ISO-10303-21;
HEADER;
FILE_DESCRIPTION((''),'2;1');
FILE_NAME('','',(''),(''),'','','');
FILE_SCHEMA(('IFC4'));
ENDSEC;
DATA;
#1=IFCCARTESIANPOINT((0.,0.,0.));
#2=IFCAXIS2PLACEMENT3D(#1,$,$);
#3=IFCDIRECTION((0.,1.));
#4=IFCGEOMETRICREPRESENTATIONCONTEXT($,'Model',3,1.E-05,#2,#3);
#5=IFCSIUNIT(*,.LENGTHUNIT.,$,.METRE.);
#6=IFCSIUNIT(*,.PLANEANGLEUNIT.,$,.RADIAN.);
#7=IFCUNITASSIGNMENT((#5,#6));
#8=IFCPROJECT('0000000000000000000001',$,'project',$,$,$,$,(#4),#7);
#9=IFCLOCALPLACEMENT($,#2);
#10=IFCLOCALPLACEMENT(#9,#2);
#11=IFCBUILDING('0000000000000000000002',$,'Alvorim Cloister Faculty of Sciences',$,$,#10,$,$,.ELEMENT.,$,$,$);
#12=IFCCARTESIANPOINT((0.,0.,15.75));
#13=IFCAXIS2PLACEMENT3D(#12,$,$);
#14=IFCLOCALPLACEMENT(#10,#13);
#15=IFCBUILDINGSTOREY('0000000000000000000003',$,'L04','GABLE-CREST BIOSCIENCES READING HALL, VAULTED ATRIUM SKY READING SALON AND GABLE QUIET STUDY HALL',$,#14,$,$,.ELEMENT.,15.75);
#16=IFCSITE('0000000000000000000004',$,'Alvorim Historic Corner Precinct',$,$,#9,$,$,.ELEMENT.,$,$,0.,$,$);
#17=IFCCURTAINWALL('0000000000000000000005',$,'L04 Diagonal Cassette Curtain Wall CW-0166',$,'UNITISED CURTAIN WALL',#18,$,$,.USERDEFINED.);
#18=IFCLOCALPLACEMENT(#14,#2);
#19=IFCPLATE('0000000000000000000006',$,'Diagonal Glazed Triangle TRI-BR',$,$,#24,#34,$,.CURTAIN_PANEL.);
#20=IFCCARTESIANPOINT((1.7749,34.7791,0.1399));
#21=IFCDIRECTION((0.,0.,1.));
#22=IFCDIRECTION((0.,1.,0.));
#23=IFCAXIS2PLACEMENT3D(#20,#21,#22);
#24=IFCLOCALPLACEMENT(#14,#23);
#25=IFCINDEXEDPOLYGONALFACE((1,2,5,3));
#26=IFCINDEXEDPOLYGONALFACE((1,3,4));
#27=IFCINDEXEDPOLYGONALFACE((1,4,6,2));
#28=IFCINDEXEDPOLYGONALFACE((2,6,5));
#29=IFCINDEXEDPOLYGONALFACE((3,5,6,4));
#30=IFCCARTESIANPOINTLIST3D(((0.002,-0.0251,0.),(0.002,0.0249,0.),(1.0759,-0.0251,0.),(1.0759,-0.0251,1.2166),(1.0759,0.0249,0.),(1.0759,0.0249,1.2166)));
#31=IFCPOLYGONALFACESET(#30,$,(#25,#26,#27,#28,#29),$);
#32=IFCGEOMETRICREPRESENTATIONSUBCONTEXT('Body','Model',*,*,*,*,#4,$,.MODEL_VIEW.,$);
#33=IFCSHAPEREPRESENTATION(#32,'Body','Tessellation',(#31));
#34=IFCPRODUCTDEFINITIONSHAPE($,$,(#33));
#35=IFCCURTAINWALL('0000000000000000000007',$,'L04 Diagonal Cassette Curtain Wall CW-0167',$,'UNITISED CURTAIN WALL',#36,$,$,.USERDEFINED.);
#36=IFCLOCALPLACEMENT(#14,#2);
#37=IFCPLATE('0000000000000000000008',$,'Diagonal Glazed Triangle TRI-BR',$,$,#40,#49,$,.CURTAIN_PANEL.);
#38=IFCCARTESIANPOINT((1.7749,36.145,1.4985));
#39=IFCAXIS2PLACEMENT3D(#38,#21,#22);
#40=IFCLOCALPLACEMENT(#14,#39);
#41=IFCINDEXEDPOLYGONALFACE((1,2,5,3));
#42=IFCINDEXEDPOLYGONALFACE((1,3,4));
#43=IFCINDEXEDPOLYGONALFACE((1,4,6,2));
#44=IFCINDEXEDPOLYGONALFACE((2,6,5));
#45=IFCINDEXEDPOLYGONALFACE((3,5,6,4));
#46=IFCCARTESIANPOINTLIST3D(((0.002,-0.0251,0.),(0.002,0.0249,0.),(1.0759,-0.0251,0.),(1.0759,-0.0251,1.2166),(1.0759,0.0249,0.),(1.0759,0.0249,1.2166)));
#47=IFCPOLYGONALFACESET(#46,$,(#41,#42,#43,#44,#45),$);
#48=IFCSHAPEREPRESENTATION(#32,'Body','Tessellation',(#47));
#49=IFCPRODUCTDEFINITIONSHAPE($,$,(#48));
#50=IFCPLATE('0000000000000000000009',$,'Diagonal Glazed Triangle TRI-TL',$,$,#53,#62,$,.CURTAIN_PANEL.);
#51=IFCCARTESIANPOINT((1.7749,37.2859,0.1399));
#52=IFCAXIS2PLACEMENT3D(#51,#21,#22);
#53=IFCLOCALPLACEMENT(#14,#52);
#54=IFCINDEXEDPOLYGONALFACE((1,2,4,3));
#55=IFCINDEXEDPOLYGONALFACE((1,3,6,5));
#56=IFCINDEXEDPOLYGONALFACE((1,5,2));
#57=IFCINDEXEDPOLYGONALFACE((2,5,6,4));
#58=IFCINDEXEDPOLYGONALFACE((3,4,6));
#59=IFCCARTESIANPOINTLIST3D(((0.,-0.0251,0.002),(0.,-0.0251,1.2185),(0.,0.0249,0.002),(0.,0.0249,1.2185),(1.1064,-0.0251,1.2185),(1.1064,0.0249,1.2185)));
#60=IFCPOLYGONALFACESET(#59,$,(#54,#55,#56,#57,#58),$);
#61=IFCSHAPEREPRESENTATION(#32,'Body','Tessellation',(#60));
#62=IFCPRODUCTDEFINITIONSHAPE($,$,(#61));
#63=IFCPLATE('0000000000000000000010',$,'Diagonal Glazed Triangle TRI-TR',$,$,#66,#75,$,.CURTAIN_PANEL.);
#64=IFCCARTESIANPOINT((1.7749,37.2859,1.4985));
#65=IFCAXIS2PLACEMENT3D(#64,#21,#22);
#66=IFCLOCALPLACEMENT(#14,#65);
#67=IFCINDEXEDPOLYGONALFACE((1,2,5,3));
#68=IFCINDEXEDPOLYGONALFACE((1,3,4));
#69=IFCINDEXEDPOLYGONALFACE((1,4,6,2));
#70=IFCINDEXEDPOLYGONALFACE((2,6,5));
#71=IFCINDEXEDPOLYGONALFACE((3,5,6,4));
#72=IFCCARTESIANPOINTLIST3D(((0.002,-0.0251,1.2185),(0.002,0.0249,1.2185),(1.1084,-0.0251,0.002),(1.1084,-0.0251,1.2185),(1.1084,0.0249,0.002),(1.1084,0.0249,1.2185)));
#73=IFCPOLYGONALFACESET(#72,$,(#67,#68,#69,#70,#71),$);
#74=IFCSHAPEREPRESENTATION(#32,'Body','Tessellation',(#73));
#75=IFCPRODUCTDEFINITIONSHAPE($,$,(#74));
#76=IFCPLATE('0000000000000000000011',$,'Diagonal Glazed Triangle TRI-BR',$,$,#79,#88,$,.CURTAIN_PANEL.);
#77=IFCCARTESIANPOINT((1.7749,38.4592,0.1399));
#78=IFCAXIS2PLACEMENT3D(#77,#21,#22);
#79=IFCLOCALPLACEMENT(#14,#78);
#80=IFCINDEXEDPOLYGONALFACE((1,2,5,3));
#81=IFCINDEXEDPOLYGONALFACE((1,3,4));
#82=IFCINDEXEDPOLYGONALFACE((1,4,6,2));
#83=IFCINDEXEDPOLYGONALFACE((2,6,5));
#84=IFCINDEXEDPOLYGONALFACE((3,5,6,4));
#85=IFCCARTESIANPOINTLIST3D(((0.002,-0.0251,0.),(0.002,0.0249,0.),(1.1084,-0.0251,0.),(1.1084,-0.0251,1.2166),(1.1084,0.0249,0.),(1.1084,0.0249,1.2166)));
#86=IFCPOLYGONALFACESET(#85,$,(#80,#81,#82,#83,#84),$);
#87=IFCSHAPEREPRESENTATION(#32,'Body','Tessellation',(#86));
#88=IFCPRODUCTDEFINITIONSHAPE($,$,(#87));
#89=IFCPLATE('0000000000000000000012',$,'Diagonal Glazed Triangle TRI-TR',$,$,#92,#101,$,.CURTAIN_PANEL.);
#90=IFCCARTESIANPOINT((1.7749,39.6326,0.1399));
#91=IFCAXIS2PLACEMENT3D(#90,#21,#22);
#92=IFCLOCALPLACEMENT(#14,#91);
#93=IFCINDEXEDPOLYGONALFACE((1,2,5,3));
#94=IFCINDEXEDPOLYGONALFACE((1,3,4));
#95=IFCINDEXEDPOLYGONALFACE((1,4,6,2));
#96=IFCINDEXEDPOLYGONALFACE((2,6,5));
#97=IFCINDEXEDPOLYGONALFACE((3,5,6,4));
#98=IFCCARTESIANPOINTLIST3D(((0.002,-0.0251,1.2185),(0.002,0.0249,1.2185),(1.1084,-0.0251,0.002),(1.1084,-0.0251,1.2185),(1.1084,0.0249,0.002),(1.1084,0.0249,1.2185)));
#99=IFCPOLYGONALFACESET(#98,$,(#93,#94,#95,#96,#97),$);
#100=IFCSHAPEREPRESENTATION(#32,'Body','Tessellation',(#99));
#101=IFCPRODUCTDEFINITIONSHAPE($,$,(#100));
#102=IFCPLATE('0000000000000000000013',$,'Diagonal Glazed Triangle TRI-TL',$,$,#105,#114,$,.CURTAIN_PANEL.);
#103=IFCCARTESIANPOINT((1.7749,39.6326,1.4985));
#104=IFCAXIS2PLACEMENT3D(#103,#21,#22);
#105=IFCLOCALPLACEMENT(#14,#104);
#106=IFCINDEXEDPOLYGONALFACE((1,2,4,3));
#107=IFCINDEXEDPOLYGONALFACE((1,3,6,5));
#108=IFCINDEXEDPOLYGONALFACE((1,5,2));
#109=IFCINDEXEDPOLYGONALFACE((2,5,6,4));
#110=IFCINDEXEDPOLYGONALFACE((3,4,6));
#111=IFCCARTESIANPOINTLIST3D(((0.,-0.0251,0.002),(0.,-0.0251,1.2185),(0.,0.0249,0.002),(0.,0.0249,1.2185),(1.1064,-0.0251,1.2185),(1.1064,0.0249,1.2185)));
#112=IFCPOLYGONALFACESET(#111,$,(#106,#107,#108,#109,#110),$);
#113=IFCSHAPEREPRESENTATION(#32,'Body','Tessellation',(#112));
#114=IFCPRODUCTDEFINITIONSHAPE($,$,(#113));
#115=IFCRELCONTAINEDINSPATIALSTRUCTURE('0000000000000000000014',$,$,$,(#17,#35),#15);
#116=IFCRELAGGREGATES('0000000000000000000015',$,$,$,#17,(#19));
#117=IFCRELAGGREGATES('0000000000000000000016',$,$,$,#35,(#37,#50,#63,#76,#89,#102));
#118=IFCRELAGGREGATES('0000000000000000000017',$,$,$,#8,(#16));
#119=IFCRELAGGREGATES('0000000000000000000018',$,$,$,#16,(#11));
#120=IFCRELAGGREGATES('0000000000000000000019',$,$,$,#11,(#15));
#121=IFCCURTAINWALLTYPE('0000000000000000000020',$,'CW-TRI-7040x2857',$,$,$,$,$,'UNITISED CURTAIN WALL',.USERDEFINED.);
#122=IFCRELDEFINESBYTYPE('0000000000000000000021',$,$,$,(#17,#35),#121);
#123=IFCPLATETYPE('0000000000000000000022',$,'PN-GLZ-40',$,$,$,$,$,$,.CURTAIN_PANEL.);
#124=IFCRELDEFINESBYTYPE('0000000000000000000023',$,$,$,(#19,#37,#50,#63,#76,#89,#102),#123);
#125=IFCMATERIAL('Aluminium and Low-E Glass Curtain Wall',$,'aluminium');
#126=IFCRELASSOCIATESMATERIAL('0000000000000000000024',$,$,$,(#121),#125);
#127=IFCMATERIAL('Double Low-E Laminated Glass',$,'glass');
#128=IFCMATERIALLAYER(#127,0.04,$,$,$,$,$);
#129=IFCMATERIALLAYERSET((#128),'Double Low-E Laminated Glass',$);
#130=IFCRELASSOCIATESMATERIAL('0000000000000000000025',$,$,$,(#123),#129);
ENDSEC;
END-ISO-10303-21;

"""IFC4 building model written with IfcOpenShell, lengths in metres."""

from ifc_helpers import new_model, si_unit, direction, frame, origin, place, context, subcontext, project, spatial, polyline, outline, extrude, material, layer, layer_set, type_object, element, aggregate, save


model = new_model("IFC4")

# Units and contexts
model_context = context("Model", 3, precision=1e-05, world=origin(), true_north=direction((0.0, 1.0)))
body_context = subcontext(model_context, "Body", "Model", "MODEL_VIEW")
ifc_project = project(units=[si_unit("LENGTHUNIT", "METRE"), si_unit("PLANEANGLEUNIT", "RADIAN")], contexts=[model_context])

# Site, building, storey
site_placement = place(None, origin())
site = spatial("IfcSite", under=ifc_project, at=site_placement, Name="Alvorim Historic Corner Precinct", CompositionType="ELEMENT", RefElevation=0.0)
building_placement = place(site_placement, origin())
building = spatial("IfcBuilding", under=site, at=building_placement, Name="Alvorim Cloister Faculty of Sciences", CompositionType="ELEMENT")
storey_placement = place(building_placement, frame((0.0, 0.0, 15.75)))
storey = spatial("IfcBuildingStorey", under=building, at=storey_placement, Name="L04", Description="GABLE-CREST BIOSCIENCES READING HALL, VAULTED ATRIUM SKY READING SALON AND GABLE QUIET STUDY HALL", CompositionType="ELEMENT", Elevation=15.75)

# Curtain walls, plates
ifc_material_1 = material(Name="Aluminium and Low-E Glass Curtain Wall", Category="aluminium")
curtain_wall_type = type_object("IfcCurtainWallType", Name="CW-TRI-7040x2857", ElementType="UNITISED CURTAIN WALL", PredefinedType="USERDEFINED", material=ifc_material_1)
curtain_wall_1_placement = place(storey_placement, origin())
curtain_wall_1 = element("IfcCurtainWall", 1, at=curtain_wall_1_placement, inside=storey, type_object=curtain_wall_type, Name="L04 Diagonal Cassette Curtain Wall CW-0166", ObjectType="UNITISED CURTAIN WALL", PredefinedType="USERDEFINED")
ifc_material_2 = material(Name="Double Low-E Laminated Glass", Category="glass")
ifc_layer_1 = layer(ifc_material_2, 0.04)
ifc_layer_set_1 = layer_set([ifc_layer_1], Name="Double Low-E Laminated Glass")
plate_type = type_object("IfcPlateType", Name="PN-GLZ-40", PredefinedType="CURTAIN_PANEL", material=ifc_layer_set_1)
plate_1_placement = place(storey_placement, frame((1.7749, 34.7791, 0.1399), z_axis=(0.0, 0.0, 1.0), x_axis=(0.0, 1.0, 0.0)))
plate_1 = element("IfcPlate", 2, at=plate_1_placement, type_object=plate_type, Name="Diagonal Glazed Triangle TRI-BR", PredefinedType="CURTAIN_PANEL", context=body_context, shape_type="SweptSolid", body=[
    extrude(outline(polyline([(0.002, 0.0), (1.0759, 0.0), (1.0759, 1.2166), (0.002, 0.0)])), frame((0.0, 0.0249, 0.0), z_axis=(0.0, -1.0, 0.0), x_axis=(1.0, 0.0, 0.0)), (0.0, 0.0, 1.0), 0.05),
])
aggregate(curtain_wall_1, [plate_1])
curtain_wall_2_placement = place(storey_placement, origin())
curtain_wall_2 = element("IfcCurtainWall", 3, at=curtain_wall_2_placement, inside=storey, type_object=curtain_wall_type, Name="L04 Diagonal Cassette Curtain Wall CW-0167", ObjectType="UNITISED CURTAIN WALL", PredefinedType="USERDEFINED")
plate_2_placement = place(storey_placement, frame((1.7749, 36.145, 1.4985), z_axis=(0.0, 0.0, 1.0), x_axis=(0.0, 1.0, 0.0)))
plate_2 = element("IfcPlate", 4, at=plate_2_placement, type_object=plate_type, Name="Diagonal Glazed Triangle TRI-BR", PredefinedType="CURTAIN_PANEL", context=body_context, shape_type="SweptSolid", body=[
    extrude(outline(polyline([(0.002, 0.0), (1.0759, 0.0), (1.0759, 1.2166), (0.002, 0.0)])), frame((0.0, 0.0249, 0.0), z_axis=(0.0, -1.0, 0.0), x_axis=(1.0, 0.0, 0.0)), (0.0, 0.0, 1.0), 0.05),
])
plate_3_placement = place(storey_placement, frame((1.7749, 37.2859, 0.1399), z_axis=(0.0, 0.0, 1.0), x_axis=(0.0, 1.0, 0.0)))
plate_3 = element("IfcPlate", 5, at=plate_3_placement, type_object=plate_type, Name="Diagonal Glazed Triangle TRI-TL", PredefinedType="CURTAIN_PANEL", context=body_context, shape_type="SweptSolid", body=[
    extrude(outline(polyline([(1.1064, 1.2185), (0.0, 1.2185), (0.0, 0.002), (1.1064, 1.2185)])), frame((0.0, 0.0249, 0.0), z_axis=(0.0, -1.0, 0.0), x_axis=(1.0, 0.0, 0.0)), (0.0, 0.0, 1.0), 0.05),
])
plate_4_placement = place(storey_placement, frame((1.7749, 37.2859, 1.4985), z_axis=(0.0, 0.0, 1.0), x_axis=(0.0, 1.0, 0.0)))
plate_4 = element("IfcPlate", 6, at=plate_4_placement, type_object=plate_type, Name="Diagonal Glazed Triangle TRI-TR", PredefinedType="CURTAIN_PANEL", context=body_context, shape_type="SweptSolid", body=[
    extrude(outline(polyline([(1.1084, 0.002), (1.1084, 1.2185), (0.002, 1.2185), (1.1084, 0.002)])), frame((0.0, 0.0249, 0.0), z_axis=(0.0, -1.0, 0.0), x_axis=(1.0, 0.0, 0.0)), (0.0, 0.0, 1.0), 0.05),
])
plate_5_placement = place(storey_placement, frame((1.7749, 38.4592, 0.1399), z_axis=(0.0, 0.0, 1.0), x_axis=(0.0, 1.0, 0.0)))
plate_5 = element("IfcPlate", 7, at=plate_5_placement, type_object=plate_type, Name="Diagonal Glazed Triangle TRI-BR", PredefinedType="CURTAIN_PANEL", context=body_context, shape_type="SweptSolid", body=[
    extrude(outline(polyline([(0.002, 0.0), (1.1084, 0.0), (1.1084, 1.2166), (0.002, 0.0)])), frame((0.0, 0.0249, 0.0), z_axis=(0.0, -1.0, 0.0), x_axis=(1.0, 0.0, 0.0)), (0.0, 0.0, 1.0), 0.05),
])
plate_6_placement = place(storey_placement, frame((1.7749, 39.6326, 0.1399), z_axis=(0.0, 0.0, 1.0), x_axis=(0.0, 1.0, 0.0)))
plate_6 = element("IfcPlate", 8, at=plate_6_placement, type_object=plate_type, Name="Diagonal Glazed Triangle TRI-TR", PredefinedType="CURTAIN_PANEL", context=body_context, shape_type="SweptSolid", body=[
    extrude(outline(polyline([(1.1084, 0.002), (1.1084, 1.2185), (0.002, 1.2185), (1.1084, 0.002)])), frame((0.0, 0.0249, 0.0), z_axis=(0.0, -1.0, 0.0), x_axis=(1.0, 0.0, 0.0)), (0.0, 0.0, 1.0), 0.05),
])
plate_7_placement = place(storey_placement, frame((1.7749, 39.6326, 1.4985), z_axis=(0.0, 0.0, 1.0), x_axis=(0.0, 1.0, 0.0)))
plate_7 = element("IfcPlate", 9, at=plate_7_placement, type_object=plate_type, Name="Diagonal Glazed Triangle TRI-TL", PredefinedType="CURTAIN_PANEL", context=body_context, shape_type="SweptSolid", body=[
    extrude(outline(polyline([(1.1064, 1.2185), (0.0, 1.2185), (0.0, 0.002), (1.1064, 1.2185)])), frame((0.0, 0.0249, 0.0), z_axis=(0.0, -1.0, 0.0), x_axis=(1.0, 0.0, 0.0)), (0.0, 0.0, 1.0), 0.05),
])
aggregate(curtain_wall_2, [plate_2, plate_3, plate_4, plate_5, plate_6, plate_7])

save(model, "model.ifc")
